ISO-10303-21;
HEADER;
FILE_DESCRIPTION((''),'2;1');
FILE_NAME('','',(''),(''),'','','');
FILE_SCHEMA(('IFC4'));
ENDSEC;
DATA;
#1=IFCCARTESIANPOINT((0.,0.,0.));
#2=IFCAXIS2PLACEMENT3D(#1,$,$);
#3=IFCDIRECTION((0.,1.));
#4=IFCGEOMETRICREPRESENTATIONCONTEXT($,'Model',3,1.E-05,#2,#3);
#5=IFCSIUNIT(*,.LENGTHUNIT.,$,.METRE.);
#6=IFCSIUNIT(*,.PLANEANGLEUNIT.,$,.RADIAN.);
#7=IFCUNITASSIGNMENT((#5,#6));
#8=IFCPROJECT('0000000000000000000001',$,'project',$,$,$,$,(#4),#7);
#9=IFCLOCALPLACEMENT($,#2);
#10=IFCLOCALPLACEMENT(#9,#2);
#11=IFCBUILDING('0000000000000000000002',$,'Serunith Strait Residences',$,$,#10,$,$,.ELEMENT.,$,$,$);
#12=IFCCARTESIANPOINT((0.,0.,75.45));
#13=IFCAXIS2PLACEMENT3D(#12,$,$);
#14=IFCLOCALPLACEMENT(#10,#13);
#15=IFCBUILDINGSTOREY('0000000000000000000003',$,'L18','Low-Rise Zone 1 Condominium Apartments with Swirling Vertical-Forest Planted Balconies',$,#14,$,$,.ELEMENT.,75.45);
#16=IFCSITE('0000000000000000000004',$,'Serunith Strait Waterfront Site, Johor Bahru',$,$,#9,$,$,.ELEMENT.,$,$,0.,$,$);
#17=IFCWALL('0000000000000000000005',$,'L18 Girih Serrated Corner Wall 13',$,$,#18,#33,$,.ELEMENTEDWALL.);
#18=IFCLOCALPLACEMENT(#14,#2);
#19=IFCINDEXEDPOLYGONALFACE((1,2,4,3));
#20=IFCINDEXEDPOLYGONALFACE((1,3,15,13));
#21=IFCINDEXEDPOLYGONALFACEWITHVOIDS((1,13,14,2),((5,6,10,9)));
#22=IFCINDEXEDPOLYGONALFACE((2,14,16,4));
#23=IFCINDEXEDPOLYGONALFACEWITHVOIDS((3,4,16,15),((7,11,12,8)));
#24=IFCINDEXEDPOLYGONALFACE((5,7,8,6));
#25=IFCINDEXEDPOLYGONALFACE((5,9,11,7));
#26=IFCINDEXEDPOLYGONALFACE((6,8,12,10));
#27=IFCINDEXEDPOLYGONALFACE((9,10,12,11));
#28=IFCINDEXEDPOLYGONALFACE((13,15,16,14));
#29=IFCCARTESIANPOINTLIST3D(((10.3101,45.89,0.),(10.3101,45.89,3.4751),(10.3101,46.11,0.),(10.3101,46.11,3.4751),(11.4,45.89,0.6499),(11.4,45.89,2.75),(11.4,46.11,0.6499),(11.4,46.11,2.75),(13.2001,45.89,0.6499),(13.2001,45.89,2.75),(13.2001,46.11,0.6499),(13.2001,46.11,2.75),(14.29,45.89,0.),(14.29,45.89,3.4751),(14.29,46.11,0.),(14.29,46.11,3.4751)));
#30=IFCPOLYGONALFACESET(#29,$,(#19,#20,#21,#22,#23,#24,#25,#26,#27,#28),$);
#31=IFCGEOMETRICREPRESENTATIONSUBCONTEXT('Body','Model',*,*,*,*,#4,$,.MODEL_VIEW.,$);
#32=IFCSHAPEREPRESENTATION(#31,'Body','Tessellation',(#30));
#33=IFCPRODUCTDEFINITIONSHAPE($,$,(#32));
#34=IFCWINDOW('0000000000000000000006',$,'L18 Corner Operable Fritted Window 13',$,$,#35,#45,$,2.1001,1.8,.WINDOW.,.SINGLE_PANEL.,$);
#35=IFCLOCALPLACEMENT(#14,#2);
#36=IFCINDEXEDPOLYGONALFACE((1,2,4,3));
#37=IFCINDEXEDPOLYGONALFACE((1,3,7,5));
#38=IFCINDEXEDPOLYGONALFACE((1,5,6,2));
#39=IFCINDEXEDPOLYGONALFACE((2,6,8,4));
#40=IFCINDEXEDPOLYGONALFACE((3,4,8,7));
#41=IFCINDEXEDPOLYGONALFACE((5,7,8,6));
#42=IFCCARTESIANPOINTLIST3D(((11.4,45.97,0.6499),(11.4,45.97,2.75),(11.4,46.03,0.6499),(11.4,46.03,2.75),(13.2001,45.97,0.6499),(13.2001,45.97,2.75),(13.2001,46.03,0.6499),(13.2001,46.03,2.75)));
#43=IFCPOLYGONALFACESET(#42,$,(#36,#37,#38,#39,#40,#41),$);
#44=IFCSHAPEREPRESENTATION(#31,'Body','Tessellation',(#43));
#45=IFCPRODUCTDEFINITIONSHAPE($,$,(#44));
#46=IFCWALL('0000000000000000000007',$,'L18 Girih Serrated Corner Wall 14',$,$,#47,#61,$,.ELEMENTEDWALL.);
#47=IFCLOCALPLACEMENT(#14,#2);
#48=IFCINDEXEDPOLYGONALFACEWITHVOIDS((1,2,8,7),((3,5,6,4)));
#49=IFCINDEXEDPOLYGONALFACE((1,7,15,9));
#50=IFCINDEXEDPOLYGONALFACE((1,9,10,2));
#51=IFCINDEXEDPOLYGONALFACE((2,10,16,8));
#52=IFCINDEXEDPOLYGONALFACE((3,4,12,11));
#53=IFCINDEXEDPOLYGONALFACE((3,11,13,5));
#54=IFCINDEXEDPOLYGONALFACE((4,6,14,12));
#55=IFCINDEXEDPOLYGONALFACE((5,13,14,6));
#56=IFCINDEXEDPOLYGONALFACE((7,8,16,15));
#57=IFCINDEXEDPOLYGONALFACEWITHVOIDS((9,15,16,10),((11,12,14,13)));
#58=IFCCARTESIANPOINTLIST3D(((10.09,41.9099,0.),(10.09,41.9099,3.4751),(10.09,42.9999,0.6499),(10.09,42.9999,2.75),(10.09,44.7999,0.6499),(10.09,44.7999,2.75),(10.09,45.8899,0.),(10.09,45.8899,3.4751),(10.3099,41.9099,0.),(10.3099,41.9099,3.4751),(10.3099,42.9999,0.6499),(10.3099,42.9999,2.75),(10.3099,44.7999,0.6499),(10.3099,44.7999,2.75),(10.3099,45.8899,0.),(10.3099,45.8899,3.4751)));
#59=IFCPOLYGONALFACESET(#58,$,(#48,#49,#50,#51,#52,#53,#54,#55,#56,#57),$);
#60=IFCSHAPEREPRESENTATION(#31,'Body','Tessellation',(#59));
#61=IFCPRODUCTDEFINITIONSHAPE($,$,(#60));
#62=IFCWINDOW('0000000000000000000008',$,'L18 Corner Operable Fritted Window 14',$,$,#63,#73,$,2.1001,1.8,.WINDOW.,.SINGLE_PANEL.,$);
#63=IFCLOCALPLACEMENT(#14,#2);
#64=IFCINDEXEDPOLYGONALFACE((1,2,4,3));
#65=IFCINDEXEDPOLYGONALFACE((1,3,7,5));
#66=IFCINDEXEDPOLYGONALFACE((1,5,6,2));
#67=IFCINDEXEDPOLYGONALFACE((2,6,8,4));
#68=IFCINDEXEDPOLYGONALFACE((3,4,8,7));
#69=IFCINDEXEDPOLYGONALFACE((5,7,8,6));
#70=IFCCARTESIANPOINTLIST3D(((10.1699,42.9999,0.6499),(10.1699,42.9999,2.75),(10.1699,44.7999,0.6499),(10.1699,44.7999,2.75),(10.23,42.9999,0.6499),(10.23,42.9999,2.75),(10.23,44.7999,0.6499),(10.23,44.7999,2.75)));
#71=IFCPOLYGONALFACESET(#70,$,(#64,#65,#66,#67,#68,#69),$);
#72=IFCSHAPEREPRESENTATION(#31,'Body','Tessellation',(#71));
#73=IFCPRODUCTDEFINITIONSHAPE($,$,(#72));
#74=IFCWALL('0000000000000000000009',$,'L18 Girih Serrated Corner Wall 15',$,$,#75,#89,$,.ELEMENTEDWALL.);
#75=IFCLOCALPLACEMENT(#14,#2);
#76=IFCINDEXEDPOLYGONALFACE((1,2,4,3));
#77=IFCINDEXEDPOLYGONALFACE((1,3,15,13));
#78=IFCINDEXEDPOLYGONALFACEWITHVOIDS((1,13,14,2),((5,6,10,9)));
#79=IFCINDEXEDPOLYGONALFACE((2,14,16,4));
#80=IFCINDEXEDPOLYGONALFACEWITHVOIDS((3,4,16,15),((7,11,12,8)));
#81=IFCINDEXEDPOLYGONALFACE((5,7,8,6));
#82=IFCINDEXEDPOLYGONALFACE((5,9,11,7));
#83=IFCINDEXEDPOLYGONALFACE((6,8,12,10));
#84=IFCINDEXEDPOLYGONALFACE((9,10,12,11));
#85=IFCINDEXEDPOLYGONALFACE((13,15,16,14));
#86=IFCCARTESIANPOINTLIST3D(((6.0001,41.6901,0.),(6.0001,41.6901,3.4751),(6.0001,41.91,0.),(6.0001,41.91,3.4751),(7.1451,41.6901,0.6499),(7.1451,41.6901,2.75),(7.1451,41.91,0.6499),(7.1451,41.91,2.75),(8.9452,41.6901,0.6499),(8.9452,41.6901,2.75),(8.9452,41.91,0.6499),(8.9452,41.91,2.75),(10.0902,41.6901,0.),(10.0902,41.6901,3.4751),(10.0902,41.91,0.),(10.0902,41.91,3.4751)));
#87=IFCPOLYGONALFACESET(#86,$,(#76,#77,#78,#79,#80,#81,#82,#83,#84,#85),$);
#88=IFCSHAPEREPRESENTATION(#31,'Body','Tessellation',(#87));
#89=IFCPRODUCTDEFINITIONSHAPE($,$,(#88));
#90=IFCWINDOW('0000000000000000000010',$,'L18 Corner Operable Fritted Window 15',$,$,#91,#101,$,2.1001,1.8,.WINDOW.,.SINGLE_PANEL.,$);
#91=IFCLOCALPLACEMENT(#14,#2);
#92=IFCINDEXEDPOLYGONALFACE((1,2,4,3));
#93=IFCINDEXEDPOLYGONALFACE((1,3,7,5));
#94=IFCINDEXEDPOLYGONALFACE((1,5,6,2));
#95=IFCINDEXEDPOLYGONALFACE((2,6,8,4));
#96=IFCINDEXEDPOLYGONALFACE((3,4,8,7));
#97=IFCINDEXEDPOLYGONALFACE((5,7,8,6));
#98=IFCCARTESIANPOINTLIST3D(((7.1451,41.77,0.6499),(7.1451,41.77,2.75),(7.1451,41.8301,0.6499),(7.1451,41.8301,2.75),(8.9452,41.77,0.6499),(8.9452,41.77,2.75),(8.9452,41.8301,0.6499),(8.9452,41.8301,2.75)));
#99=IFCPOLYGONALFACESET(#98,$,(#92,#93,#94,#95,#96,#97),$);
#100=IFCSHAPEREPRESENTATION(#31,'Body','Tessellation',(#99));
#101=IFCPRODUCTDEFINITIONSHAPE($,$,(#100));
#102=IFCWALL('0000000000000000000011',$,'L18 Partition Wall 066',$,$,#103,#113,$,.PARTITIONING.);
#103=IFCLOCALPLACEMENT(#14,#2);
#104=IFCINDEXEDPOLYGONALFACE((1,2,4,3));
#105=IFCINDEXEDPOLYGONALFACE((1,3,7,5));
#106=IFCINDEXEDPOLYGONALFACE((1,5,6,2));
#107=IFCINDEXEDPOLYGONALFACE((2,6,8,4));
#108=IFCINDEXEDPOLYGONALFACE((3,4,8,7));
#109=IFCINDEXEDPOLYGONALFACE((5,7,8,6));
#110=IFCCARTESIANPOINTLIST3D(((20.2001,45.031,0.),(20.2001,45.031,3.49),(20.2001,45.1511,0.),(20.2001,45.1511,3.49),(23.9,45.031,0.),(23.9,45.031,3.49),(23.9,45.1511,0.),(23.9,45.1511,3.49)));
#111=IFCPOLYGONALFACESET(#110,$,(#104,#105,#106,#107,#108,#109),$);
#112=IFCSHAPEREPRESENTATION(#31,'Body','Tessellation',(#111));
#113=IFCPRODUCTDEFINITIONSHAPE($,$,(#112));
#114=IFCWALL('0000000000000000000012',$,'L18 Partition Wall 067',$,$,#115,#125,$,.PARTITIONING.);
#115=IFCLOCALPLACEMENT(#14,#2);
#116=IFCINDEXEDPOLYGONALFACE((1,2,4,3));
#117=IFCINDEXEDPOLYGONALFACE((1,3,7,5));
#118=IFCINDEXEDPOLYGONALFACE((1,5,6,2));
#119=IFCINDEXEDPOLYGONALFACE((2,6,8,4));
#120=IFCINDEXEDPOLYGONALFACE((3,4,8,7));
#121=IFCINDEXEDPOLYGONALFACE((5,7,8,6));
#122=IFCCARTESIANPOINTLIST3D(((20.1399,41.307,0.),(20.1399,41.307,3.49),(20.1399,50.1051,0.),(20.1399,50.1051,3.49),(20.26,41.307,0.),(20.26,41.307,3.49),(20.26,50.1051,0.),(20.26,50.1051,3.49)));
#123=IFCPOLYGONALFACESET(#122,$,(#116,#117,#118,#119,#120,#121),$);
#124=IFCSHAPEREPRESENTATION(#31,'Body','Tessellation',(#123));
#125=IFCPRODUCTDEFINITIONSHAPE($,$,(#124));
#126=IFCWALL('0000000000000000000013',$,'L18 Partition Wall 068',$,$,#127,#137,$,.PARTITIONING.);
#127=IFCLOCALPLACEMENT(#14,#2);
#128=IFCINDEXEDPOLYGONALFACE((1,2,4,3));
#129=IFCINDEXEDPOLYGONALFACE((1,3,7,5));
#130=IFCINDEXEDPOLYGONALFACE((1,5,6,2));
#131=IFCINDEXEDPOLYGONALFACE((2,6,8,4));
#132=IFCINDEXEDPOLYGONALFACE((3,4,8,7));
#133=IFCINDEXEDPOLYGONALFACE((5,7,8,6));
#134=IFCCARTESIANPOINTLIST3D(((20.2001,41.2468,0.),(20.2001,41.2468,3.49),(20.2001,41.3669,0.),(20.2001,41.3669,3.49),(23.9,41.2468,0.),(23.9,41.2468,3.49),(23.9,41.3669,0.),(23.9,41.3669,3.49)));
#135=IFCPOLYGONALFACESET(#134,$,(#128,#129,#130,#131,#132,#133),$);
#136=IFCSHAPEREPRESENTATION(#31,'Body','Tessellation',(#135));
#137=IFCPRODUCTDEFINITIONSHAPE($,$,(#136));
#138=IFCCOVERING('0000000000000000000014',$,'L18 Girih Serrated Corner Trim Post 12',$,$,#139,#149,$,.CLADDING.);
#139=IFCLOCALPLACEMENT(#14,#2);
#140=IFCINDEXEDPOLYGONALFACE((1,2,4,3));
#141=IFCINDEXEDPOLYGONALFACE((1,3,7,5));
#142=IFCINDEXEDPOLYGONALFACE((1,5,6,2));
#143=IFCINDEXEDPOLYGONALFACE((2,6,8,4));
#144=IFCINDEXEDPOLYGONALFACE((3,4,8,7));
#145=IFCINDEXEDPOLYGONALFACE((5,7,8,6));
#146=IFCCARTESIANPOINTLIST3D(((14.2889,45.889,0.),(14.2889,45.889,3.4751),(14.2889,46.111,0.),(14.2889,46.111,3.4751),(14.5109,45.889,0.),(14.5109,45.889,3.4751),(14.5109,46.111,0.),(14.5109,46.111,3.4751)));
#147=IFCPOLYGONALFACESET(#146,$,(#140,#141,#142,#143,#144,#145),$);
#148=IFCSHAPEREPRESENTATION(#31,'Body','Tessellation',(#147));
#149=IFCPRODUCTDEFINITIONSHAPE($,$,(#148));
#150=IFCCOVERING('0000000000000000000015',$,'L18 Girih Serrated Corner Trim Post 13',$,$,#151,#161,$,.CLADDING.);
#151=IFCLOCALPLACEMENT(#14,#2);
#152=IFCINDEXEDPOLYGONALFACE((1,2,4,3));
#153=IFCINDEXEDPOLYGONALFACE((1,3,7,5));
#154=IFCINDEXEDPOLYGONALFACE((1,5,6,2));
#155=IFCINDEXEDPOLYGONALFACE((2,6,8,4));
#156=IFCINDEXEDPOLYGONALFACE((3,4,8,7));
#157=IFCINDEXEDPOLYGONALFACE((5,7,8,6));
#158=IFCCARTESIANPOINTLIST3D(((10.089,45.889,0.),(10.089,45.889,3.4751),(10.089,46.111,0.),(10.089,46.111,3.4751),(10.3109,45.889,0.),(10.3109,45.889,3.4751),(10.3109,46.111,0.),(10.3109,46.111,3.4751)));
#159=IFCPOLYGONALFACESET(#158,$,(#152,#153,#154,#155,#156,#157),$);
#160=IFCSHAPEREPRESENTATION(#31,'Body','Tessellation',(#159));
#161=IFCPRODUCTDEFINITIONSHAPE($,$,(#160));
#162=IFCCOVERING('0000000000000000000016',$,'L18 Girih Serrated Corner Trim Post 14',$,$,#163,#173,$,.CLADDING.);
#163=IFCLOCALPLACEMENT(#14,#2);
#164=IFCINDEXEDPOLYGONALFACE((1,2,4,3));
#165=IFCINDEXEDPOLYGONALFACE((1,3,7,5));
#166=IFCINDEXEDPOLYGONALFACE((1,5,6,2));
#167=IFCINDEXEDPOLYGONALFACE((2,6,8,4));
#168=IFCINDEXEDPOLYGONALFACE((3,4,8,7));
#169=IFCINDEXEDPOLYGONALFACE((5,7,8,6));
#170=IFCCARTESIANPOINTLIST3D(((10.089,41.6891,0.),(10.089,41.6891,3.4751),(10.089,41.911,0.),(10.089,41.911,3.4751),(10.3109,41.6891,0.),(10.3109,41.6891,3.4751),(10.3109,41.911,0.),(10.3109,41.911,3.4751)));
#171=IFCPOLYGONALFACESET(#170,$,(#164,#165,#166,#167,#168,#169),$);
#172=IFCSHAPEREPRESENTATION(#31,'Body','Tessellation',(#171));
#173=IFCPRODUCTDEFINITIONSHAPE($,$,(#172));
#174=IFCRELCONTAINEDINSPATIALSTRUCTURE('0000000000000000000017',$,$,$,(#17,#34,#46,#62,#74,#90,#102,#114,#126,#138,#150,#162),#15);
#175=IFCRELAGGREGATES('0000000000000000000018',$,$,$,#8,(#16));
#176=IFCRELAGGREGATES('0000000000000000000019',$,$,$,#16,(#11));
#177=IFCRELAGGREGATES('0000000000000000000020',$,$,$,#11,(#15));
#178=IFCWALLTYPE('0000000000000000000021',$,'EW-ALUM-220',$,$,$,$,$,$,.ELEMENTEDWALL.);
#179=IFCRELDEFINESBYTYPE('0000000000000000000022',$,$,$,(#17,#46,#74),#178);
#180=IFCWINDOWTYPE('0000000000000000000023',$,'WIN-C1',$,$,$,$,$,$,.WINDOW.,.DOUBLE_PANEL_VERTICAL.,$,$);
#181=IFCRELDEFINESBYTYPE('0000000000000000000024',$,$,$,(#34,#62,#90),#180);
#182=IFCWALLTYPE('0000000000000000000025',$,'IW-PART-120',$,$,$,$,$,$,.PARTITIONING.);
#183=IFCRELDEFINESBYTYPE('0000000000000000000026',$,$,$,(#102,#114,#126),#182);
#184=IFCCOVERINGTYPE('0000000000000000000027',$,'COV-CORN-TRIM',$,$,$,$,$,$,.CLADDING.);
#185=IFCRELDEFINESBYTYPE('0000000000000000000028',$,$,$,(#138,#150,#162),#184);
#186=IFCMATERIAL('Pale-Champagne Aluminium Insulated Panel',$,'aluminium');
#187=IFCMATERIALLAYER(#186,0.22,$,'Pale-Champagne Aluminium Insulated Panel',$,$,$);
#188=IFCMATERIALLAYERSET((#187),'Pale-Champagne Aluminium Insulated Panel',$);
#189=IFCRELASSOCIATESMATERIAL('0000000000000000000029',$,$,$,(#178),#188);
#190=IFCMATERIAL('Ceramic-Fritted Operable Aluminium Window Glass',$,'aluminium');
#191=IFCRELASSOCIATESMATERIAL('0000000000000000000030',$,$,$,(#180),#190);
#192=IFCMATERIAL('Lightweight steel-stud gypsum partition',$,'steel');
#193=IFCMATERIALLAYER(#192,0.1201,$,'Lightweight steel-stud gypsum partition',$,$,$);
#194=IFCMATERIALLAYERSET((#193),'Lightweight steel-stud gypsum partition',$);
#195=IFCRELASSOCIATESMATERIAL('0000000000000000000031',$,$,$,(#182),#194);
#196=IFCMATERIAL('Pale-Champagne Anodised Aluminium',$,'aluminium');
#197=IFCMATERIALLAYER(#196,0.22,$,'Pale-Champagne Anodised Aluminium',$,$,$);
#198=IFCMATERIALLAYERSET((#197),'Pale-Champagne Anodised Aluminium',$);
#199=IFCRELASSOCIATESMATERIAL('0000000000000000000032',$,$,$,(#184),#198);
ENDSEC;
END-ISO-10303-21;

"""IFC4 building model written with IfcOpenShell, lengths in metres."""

from ifc_helpers import new_model, si_unit, direction, frame, frame_2d, origin, origin_2d, place, context, subcontext, project, spatial, rectangle, extrude, source, transform, mapped, material, layer, layer_set, type_object, element, fill, save


model = new_model("IFC4")

# Units and contexts
model_context = context("Model", 3, precision=1e-05, world=origin(), true_north=direction((0.0, 1.0)))
body_context = subcontext(model_context, "Body", "Model", "MODEL_VIEW")
ifc_project = project(units=[si_unit("LENGTHUNIT", "METRE"), si_unit("PLANEANGLEUNIT", "RADIAN")], contexts=[model_context])

# Site, building, storey
site_placement = place(None, origin())
site = spatial("IfcSite", under=ifc_project, at=site_placement, Name="Serunith Strait Waterfront Site, Johor Bahru", CompositionType="ELEMENT", RefElevation=0.0)
building_placement = place(site_placement, origin())
building = spatial("IfcBuilding", under=site, at=building_placement, Name="Serunith Strait Residences", CompositionType="ELEMENT")
storey_placement = place(building_placement, frame((0.0, 0.0, 75.45)))
storey = spatial("IfcBuildingStorey", under=building, at=storey_placement, Name="L18", Description="Low-Rise Zone 1 Condominium Apartments with Swirling Vertical-Forest Planted Balconies", CompositionType="ELEMENT", Elevation=75.45)

# Shared definitions
ifc_material_1 = material(Name="Pale-Champagne Anodised Aluminium", Category="aluminium")

# Walls, openings, windows
ifc_material_2 = material(Name="Pale-Champagne Aluminium Insulated Panel", Category="aluminium")
ifc_layer_1 = layer(ifc_material_2, 0.22, Name="Pale-Champagne Aluminium Insulated Panel")
ifc_layer_set_1 = layer_set([ifc_layer_1], Name="Pale-Champagne Aluminium Insulated Panel")
wall_type_1 = type_object("IfcWallType", Name="EW-ALUM-220", PredefinedType="ELEMENTEDWALL", material=ifc_layer_set_1)
ifc_material_3 = material(Name="Ceramic-Fritted Operable Aluminium Window Glass", Category="aluminium")
window_type = type_object("IfcWindowType", Name="WIN-C1", PartitioningType="DOUBLE_PANEL_VERTICAL", PredefinedType="WINDOW", material=ifc_material_3)
shared_shape_1 = source(origin(), body_context, "Body", "SweptSolid", [
    extrude(rectangle(XDim=1.8, YDim=2.1001, at=frame_2d((0.8999, 1.05))), frame((0.0, 0.03, 0.0), z_axis=(0.0, -1.0, 0.0), x_axis=(1.0, 0.0, 0.0)), (0.0, 0.0, 1.0), 0.0601),
])
wall_1_placement = place(storey_placement, frame((14.29, 46.0, 0.0), z_axis=(0.0, 0.0, 1.0), x_axis=(-1.0, 0.0, 0.0)))
wall_1 = element("IfcWall", 1, at=wall_1_placement, inside=storey, type_object=wall_type_1, Name="L18 Girih Serrated Corner Wall 13", PredefinedType="ELEMENTEDWALL", context=body_context, shape_type="SweptSolid", body=[
    extrude(rectangle(XDim=3.98, YDim=0.22, at=frame_2d((1.99, 0.0))), origin(), (0.0, 0.0, 1.0), 3.4751),
])
opening_1_placement = place(wall_1_placement, frame((1.0901, 0.0, 0.6499)))
opening_1 = element("IfcOpeningElement", 2, at=opening_1_placement, cuts=wall_1, PredefinedType="OPENING", context=body_context, shape_type="SweptSolid", body=[
    extrude(rectangle(XDim=1.8, YDim=2.1001, at=frame_2d((0.8999, 1.05))), frame((0.0, 0.1201, 0.0), z_axis=(0.0, -1.0, 0.0), x_axis=(1.0, 0.0, 0.0)), (0.0, 0.0, 1.0), 0.24),
])
window_1_placement = place(opening_1_placement, origin())
window_1 = element("IfcWindow", 3, at=window_1_placement, inside=storey, type_object=window_type, Name="L18 Corner Operable Fritted Window 13", OverallHeight=2.1001, OverallWidth=1.8, PartitioningType="SINGLE_PANEL", PredefinedType="WINDOW", context=body_context, shape_type="MappedRepresentation", body=[
    mapped(shared_shape_1, transform((0.0, 0.0, 0.0), scale=1.0)),
])
fill(opening_1, window_1)
wall_2_placement = place(storey_placement, frame((10.2, 45.8899, 0.0), z_axis=(0.0, 0.0, 1.0), x_axis=(0.0, -1.0, 0.0)))
wall_2 = element("IfcWall", 4, at=wall_2_placement, inside=storey, type_object=wall_type_1, Name="L18 Girih Serrated Corner Wall 14", PredefinedType="ELEMENTEDWALL", context=body_context, shape_type="SweptSolid", body=[
    extrude(rectangle(XDim=3.98, YDim=0.22, at=frame_2d((1.99, 0.0))), origin(), (0.0, 0.0, 1.0), 3.4751),
])
opening_2_placement = place(wall_2_placement, frame((1.0901, 0.0, 0.6499)))
opening_2 = element("IfcOpeningElement", 5, at=opening_2_placement, cuts=wall_2, PredefinedType="OPENING", context=body_context, shape_type="SweptSolid", body=[
    extrude(rectangle(XDim=1.8, YDim=2.1001, at=frame_2d((0.8999, 1.05))), frame((0.0, 0.1201, 0.0), z_axis=(0.0, -1.0, 0.0), x_axis=(1.0, 0.0, 0.0)), (0.0, 0.0, 1.0), 0.24),
])
window_2_placement = place(opening_2_placement, origin())
window_2 = element("IfcWindow", 6, at=window_2_placement, inside=storey, type_object=window_type, Name="L18 Corner Operable Fritted Window 14", OverallHeight=2.1001, OverallWidth=1.8, PartitioningType="SINGLE_PANEL", PredefinedType="WINDOW", context=body_context, shape_type="MappedRepresentation", body=[
    mapped(shared_shape_1, transform((0.0, 0.0, 0.0), scale=1.0)),
])
fill(opening_2, window_2)
wall_3_placement = place(storey_placement, frame((10.0901, 41.8, 0.0), z_axis=(0.0, 0.0, 1.0), x_axis=(-1.0, 0.0, 0.0)))
wall_3 = element("IfcWall", 7, at=wall_3_placement, inside=storey, type_object=wall_type_1, Name="L18 Girih Serrated Corner Wall 15", PredefinedType="ELEMENTEDWALL", context=body_context, shape_type="SweptSolid", body=[
    extrude(rectangle(XDim=4.0901, YDim=0.22, at=frame_2d((2.0449, 0.0))), origin(), (0.0, 0.0, 1.0), 3.4751),
])
opening_3_placement = place(wall_3_placement, frame((1.145, 0.0, 0.6499)))
opening_3 = element("IfcOpeningElement", 8, at=opening_3_placement, cuts=wall_3, PredefinedType="OPENING", context=body_context, shape_type="SweptSolid", body=[
    extrude(rectangle(XDim=1.8, YDim=2.1001, at=frame_2d((0.8999, 1.05))), frame((0.0, 0.1201, 0.0), z_axis=(0.0, -1.0, 0.0), x_axis=(1.0, 0.0, 0.0)), (0.0, 0.0, 1.0), 0.24),
])
window_3_placement = place(opening_3_placement, origin())
window_3 = element("IfcWindow", 9, at=window_3_placement, inside=storey, type_object=window_type, Name="L18 Corner Operable Fritted Window 15", OverallHeight=2.1001, OverallWidth=1.8, PartitioningType="SINGLE_PANEL", PredefinedType="WINDOW", context=body_context, shape_type="MappedRepresentation", body=[
    mapped(shared_shape_1, transform((0.0, 0.0, 0.0), scale=1.0)),
])
fill(opening_3, window_3)

# Walls
ifc_material_4 = material(Name="Lightweight steel-stud gypsum partition", Category="steel")
ifc_layer_2 = layer(ifc_material_4, 0.1201, Name="Lightweight steel-stud gypsum partition")
ifc_layer_set_2 = layer_set([ifc_layer_2], Name="Lightweight steel-stud gypsum partition")
wall_type_2 = type_object("IfcWallType", Name="IW-PART-120", PredefinedType="PARTITIONING", material=ifc_layer_set_2)
wall_4_placement = place(storey_placement, frame((20.2, 45.0911, 0.0), z_axis=(0.0, 0.0, 1.0), x_axis=(1.0, 0.0, 0.0)))
element("IfcWall", 10, at=wall_4_placement, inside=storey, type_object=wall_type_2, Name="L18 Partition Wall 066", PredefinedType="PARTITIONING", context=body_context, shape_type="SweptSolid", body=[
    extrude(rectangle(XDim=3.7, YDim=0.1201, at=frame_2d((1.8501, 0.0))), origin(), (0.0, 0.0, 1.0), 3.49),
])
wall_5_placement = place(storey_placement, frame((20.2, 50.105, 0.0), z_axis=(0.0, 0.0, 1.0), x_axis=(0.0, -1.0, 0.0)))
element("IfcWall", 11, at=wall_5_placement, inside=storey, type_object=wall_type_2, Name="L18 Partition Wall 067", PredefinedType="PARTITIONING", context=body_context, shape_type="SweptSolid", body=[
    extrude(rectangle(XDim=8.7981, YDim=0.1201, at=frame_2d((4.3989, 0.0))), origin(), (0.0, 0.0, 1.0), 3.49),
])
wall_6_placement = place(storey_placement, frame((20.2, 41.3069, 0.0), z_axis=(0.0, 0.0, 1.0), x_axis=(1.0, 0.0, 0.0)))
element("IfcWall", 12, at=wall_6_placement, inside=storey, type_object=wall_type_2, Name="L18 Partition Wall 068", PredefinedType="PARTITIONING", context=body_context, shape_type="SweptSolid", body=[
    extrude(rectangle(XDim=3.7, YDim=0.1201, at=frame_2d((1.8501, 0.0))), origin(), (0.0, 0.0, 1.0), 3.49),
])

# Coverings
ifc_layer_3 = layer(ifc_material_1, 0.22, Name="Pale-Champagne Anodised Aluminium")
ifc_layer_set_3 = layer_set([ifc_layer_3], Name="Pale-Champagne Anodised Aluminium")
covering_type = type_object("IfcCoveringType", Name="COV-CORN-TRIM", PredefinedType="CLADDING", material=ifc_layer_set_3)
shared_shape_2 = source(origin(), body_context, "Body", "SweptSolid", [
    extrude(rectangle(XDim=0.2219, YDim=0.2219, at=origin_2d()), origin(), (0.0, 0.0, 1.0), 3.4751),
])
for number, where, z_axis, x_axis, name in (
    (13, (14.3999, 46.0, 0.0), (0.0, 0.0, 1.0), (1.0, 0.0, 0.0), "L18 Girih Serrated Corner Trim Post 12"),
    (14, (10.2, 46.0, 0.0), (0.0, 0.0, 1.0), (1.0, 0.0, 0.0), "L18 Girih Serrated Corner Trim Post 13"),
    (15, (10.2, 41.8, 0.0), (0.0, 0.0, 1.0), (1.0, 0.0, 0.0), "L18 Girih Serrated Corner Trim Post 14"),
):
    element("IfcCovering", number, at=place(storey_placement, frame(where, z_axis=z_axis, x_axis=x_axis)), inside=storey, type_object=covering_type, Name=name, PredefinedType="CLADDING", context=body_context, shape_type="MappedRepresentation", body=[
        mapped(shared_shape_2, transform((0.0, 0.0, 0.0), scale=1.0)),
    ])

save(model, "model.ifc")
